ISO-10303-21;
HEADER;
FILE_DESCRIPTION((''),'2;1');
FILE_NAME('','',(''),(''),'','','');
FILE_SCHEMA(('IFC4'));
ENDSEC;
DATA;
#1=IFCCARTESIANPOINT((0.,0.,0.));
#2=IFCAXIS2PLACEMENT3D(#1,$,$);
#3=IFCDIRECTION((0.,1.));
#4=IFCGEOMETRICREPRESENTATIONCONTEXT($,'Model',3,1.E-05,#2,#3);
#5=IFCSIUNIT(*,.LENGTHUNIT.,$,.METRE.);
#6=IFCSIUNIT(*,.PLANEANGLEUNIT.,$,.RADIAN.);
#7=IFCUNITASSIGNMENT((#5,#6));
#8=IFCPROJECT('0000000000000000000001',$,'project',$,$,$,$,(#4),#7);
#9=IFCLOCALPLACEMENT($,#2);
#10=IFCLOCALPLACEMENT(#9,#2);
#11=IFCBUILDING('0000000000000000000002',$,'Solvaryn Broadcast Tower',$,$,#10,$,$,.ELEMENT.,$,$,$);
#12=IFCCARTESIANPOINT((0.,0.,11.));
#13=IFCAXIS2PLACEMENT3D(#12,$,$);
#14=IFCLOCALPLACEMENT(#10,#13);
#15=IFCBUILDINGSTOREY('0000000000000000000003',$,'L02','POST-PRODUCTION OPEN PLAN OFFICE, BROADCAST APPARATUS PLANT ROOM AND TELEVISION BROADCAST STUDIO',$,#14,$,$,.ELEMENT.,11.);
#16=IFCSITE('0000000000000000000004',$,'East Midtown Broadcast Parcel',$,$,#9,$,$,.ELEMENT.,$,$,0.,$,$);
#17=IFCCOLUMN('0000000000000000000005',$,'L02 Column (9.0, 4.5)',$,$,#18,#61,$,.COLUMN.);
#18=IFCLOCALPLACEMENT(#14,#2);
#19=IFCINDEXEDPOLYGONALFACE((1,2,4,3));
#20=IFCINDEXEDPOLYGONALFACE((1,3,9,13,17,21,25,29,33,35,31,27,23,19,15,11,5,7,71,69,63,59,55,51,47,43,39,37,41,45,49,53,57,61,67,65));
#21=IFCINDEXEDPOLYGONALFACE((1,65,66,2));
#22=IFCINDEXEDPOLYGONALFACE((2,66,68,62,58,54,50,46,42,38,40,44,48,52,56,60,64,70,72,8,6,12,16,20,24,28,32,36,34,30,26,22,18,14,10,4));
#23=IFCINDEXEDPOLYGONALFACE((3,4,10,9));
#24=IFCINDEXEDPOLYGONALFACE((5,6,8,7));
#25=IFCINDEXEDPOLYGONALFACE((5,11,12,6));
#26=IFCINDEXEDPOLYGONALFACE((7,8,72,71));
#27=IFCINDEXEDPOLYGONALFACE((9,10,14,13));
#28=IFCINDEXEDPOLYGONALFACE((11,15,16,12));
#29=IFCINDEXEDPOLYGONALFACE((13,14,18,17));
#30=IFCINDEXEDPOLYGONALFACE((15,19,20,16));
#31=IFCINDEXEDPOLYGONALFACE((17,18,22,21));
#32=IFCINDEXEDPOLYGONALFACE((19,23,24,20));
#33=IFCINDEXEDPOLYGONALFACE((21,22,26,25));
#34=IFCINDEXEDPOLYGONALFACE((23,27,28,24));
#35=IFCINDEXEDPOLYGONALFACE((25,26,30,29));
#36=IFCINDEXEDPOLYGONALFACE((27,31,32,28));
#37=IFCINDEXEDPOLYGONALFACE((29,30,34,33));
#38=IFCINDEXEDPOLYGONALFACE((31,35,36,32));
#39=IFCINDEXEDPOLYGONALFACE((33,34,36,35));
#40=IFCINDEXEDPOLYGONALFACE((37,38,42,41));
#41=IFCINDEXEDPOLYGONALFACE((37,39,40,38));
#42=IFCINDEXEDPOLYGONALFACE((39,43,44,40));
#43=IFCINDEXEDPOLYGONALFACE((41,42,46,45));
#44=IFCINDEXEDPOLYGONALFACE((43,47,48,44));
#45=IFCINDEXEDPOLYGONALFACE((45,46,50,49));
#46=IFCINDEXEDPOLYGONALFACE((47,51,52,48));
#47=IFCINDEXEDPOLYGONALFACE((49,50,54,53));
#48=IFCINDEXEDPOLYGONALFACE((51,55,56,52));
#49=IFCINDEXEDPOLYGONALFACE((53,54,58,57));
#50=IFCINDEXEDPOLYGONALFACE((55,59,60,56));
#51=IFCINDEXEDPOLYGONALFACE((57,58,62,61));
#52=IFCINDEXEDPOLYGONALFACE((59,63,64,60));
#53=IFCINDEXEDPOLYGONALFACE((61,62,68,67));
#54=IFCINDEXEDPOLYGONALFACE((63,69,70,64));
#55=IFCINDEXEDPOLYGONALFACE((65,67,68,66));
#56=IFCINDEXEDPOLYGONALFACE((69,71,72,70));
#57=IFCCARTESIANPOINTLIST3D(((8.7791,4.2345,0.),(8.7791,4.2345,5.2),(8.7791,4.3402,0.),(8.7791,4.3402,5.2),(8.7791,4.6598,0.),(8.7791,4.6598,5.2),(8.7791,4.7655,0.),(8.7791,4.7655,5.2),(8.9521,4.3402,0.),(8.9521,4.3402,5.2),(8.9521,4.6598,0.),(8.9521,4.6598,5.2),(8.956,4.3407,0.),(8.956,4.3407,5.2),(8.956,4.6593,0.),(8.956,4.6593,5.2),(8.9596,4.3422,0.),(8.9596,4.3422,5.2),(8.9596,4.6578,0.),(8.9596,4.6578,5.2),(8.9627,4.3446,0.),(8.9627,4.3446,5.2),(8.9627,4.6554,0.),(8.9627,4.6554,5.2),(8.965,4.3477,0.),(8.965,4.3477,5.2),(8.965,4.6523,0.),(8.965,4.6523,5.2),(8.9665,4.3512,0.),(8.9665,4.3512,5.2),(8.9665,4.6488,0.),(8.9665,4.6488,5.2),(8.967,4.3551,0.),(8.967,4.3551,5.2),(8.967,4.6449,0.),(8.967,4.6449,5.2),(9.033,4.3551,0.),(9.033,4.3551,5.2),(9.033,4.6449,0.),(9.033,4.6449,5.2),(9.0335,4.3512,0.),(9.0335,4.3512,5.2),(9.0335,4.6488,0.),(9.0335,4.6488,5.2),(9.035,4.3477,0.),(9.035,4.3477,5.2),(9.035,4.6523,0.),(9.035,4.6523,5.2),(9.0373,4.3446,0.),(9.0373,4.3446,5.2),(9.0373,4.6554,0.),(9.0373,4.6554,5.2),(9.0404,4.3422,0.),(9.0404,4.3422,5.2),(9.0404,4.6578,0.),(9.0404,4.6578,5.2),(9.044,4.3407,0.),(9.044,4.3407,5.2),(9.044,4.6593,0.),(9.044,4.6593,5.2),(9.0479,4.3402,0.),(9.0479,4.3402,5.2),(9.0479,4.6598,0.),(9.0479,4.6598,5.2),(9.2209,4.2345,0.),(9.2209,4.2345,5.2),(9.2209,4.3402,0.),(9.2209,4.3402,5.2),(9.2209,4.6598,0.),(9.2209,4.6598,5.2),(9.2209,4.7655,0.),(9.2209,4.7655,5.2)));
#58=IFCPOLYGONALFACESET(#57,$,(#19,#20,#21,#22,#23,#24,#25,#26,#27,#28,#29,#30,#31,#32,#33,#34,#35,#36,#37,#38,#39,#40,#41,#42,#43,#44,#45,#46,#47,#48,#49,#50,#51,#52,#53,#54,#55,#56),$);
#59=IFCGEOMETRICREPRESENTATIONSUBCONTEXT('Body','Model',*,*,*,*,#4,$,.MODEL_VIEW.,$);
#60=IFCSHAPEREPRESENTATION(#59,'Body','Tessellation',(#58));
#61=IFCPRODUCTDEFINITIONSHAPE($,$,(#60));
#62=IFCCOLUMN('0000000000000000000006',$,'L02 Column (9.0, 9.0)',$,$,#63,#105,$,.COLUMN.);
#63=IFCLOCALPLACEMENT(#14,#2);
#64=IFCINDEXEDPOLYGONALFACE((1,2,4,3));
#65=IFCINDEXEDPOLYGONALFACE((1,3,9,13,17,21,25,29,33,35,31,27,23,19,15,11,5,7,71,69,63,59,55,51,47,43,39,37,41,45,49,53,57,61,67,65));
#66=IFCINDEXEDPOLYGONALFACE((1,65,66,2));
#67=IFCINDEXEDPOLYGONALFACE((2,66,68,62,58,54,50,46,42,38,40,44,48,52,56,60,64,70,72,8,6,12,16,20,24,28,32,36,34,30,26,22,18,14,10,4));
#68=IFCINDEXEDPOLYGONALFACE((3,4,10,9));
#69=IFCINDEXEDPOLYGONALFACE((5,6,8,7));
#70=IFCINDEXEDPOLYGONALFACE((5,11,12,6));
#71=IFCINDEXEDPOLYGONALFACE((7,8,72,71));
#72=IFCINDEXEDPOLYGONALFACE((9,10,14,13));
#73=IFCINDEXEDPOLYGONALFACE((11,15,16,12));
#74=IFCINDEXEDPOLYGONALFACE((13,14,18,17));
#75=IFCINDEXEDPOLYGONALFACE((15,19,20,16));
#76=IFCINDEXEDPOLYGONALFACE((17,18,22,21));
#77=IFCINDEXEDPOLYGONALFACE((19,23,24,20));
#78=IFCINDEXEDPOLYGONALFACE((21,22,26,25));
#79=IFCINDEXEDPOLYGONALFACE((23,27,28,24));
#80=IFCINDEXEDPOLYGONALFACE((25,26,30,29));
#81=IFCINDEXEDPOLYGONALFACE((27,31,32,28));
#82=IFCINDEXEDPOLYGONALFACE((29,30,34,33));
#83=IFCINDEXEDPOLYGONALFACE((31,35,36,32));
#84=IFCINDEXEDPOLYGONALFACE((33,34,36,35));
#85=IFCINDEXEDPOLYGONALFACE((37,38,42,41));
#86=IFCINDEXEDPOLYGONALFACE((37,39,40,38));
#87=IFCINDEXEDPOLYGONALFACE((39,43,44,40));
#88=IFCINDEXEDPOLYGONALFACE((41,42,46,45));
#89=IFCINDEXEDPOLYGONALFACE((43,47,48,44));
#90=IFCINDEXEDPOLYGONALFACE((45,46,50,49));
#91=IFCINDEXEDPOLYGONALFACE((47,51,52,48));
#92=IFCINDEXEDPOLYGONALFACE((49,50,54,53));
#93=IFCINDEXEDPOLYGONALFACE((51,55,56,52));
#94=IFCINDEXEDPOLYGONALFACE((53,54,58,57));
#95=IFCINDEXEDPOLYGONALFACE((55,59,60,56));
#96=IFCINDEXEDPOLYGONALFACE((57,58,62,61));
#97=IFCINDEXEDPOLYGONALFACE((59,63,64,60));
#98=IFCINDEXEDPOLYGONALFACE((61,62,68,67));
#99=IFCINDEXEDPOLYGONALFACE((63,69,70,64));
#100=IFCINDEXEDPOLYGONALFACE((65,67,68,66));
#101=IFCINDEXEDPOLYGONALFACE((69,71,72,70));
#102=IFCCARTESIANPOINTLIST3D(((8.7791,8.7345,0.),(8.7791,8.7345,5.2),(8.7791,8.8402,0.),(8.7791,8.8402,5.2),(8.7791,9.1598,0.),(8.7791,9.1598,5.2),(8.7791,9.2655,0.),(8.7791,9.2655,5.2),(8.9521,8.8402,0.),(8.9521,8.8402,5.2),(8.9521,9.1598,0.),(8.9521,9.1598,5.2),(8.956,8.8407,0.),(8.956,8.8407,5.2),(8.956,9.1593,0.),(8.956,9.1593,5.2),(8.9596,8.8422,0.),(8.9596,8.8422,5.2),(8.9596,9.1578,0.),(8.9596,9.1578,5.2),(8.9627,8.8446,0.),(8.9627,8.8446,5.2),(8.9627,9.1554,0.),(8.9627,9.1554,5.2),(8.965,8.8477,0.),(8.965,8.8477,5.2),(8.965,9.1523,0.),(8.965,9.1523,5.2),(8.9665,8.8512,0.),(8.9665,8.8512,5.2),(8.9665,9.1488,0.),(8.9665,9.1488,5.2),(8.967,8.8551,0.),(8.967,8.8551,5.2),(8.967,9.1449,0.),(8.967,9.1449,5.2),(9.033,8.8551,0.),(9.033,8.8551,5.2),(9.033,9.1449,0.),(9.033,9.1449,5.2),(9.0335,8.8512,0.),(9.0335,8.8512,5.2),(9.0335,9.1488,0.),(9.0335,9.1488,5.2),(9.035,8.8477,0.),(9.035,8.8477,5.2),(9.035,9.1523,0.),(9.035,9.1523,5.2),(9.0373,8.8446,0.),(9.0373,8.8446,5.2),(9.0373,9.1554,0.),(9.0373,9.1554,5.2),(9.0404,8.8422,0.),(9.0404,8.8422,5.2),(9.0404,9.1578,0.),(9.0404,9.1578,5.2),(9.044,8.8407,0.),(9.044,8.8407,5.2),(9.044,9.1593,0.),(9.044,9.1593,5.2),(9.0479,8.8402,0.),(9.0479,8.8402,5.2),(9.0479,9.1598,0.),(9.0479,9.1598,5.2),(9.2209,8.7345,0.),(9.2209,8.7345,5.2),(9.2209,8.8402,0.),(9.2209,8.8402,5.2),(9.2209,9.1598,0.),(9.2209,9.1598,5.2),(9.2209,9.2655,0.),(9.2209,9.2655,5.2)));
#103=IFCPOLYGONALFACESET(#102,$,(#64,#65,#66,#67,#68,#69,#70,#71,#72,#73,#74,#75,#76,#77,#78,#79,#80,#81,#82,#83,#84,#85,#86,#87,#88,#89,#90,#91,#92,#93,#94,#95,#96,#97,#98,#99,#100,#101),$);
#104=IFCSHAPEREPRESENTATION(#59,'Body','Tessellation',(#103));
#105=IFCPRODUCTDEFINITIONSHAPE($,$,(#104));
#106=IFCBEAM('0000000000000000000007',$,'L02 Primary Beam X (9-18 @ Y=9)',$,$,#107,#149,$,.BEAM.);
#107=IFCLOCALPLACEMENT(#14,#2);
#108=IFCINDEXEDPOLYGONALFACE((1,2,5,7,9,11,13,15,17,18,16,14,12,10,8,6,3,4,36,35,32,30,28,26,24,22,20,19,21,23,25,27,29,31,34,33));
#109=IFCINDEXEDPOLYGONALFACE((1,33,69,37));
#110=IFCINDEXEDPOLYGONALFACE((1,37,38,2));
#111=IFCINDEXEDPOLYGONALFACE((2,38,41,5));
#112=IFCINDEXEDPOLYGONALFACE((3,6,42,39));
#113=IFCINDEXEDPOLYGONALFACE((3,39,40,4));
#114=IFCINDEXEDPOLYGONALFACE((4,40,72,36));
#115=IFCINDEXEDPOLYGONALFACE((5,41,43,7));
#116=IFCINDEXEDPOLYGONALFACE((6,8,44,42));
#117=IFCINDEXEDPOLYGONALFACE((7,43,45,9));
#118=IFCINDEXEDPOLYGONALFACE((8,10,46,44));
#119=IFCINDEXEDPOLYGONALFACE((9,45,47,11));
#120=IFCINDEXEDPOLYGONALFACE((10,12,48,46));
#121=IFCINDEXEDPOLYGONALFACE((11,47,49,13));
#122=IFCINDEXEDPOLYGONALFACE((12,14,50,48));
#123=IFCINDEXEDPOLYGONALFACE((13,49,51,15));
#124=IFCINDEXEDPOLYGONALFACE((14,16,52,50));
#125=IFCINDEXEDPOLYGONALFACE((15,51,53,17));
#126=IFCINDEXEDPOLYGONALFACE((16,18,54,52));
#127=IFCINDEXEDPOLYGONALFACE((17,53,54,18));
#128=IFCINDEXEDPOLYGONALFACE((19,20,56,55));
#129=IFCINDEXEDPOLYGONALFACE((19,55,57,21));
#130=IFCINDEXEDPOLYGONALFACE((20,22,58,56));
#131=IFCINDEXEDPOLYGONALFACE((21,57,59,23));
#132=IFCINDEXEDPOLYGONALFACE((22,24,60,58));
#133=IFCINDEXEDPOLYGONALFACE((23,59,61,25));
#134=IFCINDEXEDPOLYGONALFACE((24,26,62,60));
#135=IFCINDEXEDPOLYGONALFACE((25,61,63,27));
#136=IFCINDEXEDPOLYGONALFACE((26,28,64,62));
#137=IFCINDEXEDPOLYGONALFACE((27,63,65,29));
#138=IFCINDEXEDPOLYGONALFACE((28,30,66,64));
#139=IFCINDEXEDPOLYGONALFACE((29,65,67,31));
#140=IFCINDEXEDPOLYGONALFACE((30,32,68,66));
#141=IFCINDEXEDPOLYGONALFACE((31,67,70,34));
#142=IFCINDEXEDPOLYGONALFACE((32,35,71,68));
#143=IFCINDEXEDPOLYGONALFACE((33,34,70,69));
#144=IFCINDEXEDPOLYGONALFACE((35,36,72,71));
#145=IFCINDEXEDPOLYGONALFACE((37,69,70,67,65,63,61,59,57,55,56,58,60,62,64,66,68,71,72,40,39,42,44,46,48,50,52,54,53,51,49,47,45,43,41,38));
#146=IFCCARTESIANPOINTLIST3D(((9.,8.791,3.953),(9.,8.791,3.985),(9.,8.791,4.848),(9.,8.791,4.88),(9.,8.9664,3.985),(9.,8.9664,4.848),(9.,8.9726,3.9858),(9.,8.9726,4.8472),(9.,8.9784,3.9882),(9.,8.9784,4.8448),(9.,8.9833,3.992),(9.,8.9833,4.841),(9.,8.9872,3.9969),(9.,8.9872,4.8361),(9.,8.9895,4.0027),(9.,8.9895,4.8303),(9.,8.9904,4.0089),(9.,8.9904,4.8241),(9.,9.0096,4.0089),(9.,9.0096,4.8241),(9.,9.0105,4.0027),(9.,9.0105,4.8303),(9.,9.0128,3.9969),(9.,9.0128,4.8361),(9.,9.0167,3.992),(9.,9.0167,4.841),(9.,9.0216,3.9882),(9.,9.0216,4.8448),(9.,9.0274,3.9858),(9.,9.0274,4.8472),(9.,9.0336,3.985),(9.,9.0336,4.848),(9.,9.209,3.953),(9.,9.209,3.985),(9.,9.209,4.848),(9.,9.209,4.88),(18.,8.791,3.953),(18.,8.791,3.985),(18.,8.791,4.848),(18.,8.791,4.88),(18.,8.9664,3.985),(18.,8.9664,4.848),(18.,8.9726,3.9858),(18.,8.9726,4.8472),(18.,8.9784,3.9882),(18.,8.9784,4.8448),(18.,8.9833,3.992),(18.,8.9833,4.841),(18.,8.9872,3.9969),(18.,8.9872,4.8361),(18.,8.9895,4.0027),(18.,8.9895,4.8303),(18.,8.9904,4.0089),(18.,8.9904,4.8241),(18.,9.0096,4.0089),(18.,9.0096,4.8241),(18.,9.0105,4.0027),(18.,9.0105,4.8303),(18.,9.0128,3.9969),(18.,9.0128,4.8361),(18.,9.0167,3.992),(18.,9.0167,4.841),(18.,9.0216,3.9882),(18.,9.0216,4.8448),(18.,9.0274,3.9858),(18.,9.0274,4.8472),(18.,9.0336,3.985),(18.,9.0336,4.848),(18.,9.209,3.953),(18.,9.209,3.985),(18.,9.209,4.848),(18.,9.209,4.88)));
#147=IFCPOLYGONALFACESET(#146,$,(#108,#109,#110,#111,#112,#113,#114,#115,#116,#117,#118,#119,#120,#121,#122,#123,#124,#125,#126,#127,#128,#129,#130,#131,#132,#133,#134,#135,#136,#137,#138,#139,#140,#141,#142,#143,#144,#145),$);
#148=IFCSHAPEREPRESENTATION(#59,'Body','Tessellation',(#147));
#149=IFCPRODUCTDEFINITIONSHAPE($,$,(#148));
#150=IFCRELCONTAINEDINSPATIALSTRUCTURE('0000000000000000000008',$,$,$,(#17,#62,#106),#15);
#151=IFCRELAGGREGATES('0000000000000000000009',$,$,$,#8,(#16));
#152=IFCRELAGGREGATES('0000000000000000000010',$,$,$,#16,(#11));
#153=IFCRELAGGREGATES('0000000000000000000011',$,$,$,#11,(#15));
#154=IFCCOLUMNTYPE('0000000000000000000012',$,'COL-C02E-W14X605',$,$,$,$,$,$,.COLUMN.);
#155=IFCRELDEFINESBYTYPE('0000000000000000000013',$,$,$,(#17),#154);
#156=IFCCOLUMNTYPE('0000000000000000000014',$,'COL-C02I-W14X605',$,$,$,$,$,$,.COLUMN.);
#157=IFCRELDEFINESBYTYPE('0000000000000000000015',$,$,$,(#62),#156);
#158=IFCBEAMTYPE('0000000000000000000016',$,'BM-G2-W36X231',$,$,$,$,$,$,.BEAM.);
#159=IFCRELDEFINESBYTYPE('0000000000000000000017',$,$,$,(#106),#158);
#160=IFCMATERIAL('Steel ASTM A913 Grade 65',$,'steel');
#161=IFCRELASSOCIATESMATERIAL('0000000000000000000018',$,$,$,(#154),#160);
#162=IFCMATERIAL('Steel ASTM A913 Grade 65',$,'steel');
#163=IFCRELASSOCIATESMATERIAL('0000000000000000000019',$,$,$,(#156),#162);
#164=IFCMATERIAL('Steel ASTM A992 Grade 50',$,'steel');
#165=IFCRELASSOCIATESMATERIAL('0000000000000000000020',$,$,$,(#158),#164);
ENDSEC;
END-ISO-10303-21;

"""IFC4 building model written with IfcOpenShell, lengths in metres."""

from ifc_helpers import new_model, si_unit, direction, frame, origin, origin_2d, place, context, subcontext, project, spatial, i_section, extrude, material, material_profile, profile_set, type_object, element, save


model = new_model("IFC4")

# Units and contexts
model_context = context("Model", 3, precision=1e-05, world=origin(), true_north=direction((0.0, 1.0)))
body_context = subcontext(model_context, "Body", "Model", "MODEL_VIEW")
ifc_project = project(units=[si_unit("LENGTHUNIT", "METRE"), si_unit("PLANEANGLEUNIT", "RADIAN")], contexts=[model_context])

# Site, building, storey
site_placement = place(None, origin())
site = spatial("IfcSite", under=ifc_project, at=site_placement, Name="East Midtown Broadcast Parcel", CompositionType="ELEMENT", RefElevation=0.0)
building_placement = place(site_placement, origin())
building = spatial("IfcBuilding", under=site, at=building_placement, Name="Solvaryn Broadcast Tower", CompositionType="ELEMENT")
storey_placement = place(building_placement, frame((0.0, 0.0, 11.0)))
storey = spatial("IfcBuildingStorey", under=building, at=storey_placement, Name="L02", Description="POST-PRODUCTION OPEN PLAN OFFICE, BROADCAST APPARATUS PLANT ROOM AND TELEVISION BROADCAST STUDIO", CompositionType="ELEMENT", Elevation=11.0)

# Columns
ifc_material_1 = material(Name="Steel ASTM A913 Grade 65", Category="steel")
ifc_material_profile_1 = material_profile(ifc_material_1, i_section(OverallWidth=0.4419, OverallDepth=0.531, WebThickness=0.0659, FlangeThickness=0.1057, FilletRadius=0.0149, at=origin_2d()))
ifc_profile_set_1 = profile_set([ifc_material_profile_1], Name="Steel ASTM A913 Grade 65")
column_type_1 = type_object("IfcColumnType", Name="COL-C02E-W14X605", PredefinedType="COLUMN", material=ifc_profile_set_1)
column_1_placement = place(storey_placement, frame((9.0, 4.5, 0.0), z_axis=(0.0, 0.0, 1.0), x_axis=(1.0, 0.0, 0.0)))
element("IfcColumn", 1, at=column_1_placement, inside=storey, type_object=column_type_1, Name="L02 Column (9.0, 4.5)", PredefinedType="COLUMN", context=body_context, shape_type="SweptSolid", body=[
    extrude(i_section(OverallWidth=0.4419, OverallDepth=0.531, WebThickness=0.0659, FlangeThickness=0.1057, FilletRadius=0.0149, at=origin_2d()), origin(), (0.0, 0.0, 1.0), 5.2),
])
ifc_material_2 = material(Name="Steel ASTM A913 Grade 65", Category="steel")
ifc_material_profile_2 = material_profile(ifc_material_2, i_section(OverallWidth=0.4419, OverallDepth=0.531, WebThickness=0.0659, FlangeThickness=0.1057, FilletRadius=0.0149, at=origin_2d()))
ifc_profile_set_2 = profile_set([ifc_material_profile_2], Name="Steel ASTM A913 Grade 65")
column_type_2 = type_object("IfcColumnType", Name="COL-C02I-W14X605", PredefinedType="COLUMN", material=ifc_profile_set_2)
column_2_placement = place(storey_placement, frame((9.0, 9.0, 0.0), z_axis=(0.0, 0.0, 1.0), x_axis=(1.0, 0.0, 0.0)))
element("IfcColumn", 2, at=column_2_placement, inside=storey, type_object=column_type_2, Name="L02 Column (9.0, 9.0)", PredefinedType="COLUMN", context=body_context, shape_type="SweptSolid", body=[
    extrude(i_section(OverallWidth=0.4419, OverallDepth=0.531, WebThickness=0.0659, FlangeThickness=0.1057, FilletRadius=0.0149, at=origin_2d()), origin(), (0.0, 0.0, 1.0), 5.2),
])

# Beam
ifc_material_3 = material(Name="Steel ASTM A992 Grade 50", Category="steel")
ifc_material_profile_3 = material_profile(ifc_material_3, i_section(OverallWidth=0.418, OverallDepth=0.927, WebThickness=0.0193, FlangeThickness=0.032, FilletRadius=0.0239, at=origin_2d()))
ifc_profile_set_3 = profile_set([ifc_material_profile_3], Name="Steel ASTM A992 Grade 50")
beam_type_1 = type_object("IfcBeamType", Name="BM-G2-W36X231", PredefinedType="BEAM", material=ifc_profile_set_3)
beam_1_placement = place(storey_placement, frame((9.0, 9.0, 4.4165), z_axis=(1.0, 0.0, 0.0), x_axis=(0.0, 1.0, 0.0)))
element("IfcBeam", 3, at=beam_1_placement, inside=storey, type_object=beam_type_1, Name="L02 Primary Beam X (9-18 @ Y=9)", PredefinedType="BEAM", context=body_context, shape_type="SweptSolid", body=[
    extrude(i_section(OverallWidth=0.418, OverallDepth=0.927, WebThickness=0.0193, FlangeThickness=0.032, FilletRadius=0.0239, at=origin_2d()), origin(), (0.0, 0.0, 1.0), 9.0),
])

save(model, "model.ifc")
